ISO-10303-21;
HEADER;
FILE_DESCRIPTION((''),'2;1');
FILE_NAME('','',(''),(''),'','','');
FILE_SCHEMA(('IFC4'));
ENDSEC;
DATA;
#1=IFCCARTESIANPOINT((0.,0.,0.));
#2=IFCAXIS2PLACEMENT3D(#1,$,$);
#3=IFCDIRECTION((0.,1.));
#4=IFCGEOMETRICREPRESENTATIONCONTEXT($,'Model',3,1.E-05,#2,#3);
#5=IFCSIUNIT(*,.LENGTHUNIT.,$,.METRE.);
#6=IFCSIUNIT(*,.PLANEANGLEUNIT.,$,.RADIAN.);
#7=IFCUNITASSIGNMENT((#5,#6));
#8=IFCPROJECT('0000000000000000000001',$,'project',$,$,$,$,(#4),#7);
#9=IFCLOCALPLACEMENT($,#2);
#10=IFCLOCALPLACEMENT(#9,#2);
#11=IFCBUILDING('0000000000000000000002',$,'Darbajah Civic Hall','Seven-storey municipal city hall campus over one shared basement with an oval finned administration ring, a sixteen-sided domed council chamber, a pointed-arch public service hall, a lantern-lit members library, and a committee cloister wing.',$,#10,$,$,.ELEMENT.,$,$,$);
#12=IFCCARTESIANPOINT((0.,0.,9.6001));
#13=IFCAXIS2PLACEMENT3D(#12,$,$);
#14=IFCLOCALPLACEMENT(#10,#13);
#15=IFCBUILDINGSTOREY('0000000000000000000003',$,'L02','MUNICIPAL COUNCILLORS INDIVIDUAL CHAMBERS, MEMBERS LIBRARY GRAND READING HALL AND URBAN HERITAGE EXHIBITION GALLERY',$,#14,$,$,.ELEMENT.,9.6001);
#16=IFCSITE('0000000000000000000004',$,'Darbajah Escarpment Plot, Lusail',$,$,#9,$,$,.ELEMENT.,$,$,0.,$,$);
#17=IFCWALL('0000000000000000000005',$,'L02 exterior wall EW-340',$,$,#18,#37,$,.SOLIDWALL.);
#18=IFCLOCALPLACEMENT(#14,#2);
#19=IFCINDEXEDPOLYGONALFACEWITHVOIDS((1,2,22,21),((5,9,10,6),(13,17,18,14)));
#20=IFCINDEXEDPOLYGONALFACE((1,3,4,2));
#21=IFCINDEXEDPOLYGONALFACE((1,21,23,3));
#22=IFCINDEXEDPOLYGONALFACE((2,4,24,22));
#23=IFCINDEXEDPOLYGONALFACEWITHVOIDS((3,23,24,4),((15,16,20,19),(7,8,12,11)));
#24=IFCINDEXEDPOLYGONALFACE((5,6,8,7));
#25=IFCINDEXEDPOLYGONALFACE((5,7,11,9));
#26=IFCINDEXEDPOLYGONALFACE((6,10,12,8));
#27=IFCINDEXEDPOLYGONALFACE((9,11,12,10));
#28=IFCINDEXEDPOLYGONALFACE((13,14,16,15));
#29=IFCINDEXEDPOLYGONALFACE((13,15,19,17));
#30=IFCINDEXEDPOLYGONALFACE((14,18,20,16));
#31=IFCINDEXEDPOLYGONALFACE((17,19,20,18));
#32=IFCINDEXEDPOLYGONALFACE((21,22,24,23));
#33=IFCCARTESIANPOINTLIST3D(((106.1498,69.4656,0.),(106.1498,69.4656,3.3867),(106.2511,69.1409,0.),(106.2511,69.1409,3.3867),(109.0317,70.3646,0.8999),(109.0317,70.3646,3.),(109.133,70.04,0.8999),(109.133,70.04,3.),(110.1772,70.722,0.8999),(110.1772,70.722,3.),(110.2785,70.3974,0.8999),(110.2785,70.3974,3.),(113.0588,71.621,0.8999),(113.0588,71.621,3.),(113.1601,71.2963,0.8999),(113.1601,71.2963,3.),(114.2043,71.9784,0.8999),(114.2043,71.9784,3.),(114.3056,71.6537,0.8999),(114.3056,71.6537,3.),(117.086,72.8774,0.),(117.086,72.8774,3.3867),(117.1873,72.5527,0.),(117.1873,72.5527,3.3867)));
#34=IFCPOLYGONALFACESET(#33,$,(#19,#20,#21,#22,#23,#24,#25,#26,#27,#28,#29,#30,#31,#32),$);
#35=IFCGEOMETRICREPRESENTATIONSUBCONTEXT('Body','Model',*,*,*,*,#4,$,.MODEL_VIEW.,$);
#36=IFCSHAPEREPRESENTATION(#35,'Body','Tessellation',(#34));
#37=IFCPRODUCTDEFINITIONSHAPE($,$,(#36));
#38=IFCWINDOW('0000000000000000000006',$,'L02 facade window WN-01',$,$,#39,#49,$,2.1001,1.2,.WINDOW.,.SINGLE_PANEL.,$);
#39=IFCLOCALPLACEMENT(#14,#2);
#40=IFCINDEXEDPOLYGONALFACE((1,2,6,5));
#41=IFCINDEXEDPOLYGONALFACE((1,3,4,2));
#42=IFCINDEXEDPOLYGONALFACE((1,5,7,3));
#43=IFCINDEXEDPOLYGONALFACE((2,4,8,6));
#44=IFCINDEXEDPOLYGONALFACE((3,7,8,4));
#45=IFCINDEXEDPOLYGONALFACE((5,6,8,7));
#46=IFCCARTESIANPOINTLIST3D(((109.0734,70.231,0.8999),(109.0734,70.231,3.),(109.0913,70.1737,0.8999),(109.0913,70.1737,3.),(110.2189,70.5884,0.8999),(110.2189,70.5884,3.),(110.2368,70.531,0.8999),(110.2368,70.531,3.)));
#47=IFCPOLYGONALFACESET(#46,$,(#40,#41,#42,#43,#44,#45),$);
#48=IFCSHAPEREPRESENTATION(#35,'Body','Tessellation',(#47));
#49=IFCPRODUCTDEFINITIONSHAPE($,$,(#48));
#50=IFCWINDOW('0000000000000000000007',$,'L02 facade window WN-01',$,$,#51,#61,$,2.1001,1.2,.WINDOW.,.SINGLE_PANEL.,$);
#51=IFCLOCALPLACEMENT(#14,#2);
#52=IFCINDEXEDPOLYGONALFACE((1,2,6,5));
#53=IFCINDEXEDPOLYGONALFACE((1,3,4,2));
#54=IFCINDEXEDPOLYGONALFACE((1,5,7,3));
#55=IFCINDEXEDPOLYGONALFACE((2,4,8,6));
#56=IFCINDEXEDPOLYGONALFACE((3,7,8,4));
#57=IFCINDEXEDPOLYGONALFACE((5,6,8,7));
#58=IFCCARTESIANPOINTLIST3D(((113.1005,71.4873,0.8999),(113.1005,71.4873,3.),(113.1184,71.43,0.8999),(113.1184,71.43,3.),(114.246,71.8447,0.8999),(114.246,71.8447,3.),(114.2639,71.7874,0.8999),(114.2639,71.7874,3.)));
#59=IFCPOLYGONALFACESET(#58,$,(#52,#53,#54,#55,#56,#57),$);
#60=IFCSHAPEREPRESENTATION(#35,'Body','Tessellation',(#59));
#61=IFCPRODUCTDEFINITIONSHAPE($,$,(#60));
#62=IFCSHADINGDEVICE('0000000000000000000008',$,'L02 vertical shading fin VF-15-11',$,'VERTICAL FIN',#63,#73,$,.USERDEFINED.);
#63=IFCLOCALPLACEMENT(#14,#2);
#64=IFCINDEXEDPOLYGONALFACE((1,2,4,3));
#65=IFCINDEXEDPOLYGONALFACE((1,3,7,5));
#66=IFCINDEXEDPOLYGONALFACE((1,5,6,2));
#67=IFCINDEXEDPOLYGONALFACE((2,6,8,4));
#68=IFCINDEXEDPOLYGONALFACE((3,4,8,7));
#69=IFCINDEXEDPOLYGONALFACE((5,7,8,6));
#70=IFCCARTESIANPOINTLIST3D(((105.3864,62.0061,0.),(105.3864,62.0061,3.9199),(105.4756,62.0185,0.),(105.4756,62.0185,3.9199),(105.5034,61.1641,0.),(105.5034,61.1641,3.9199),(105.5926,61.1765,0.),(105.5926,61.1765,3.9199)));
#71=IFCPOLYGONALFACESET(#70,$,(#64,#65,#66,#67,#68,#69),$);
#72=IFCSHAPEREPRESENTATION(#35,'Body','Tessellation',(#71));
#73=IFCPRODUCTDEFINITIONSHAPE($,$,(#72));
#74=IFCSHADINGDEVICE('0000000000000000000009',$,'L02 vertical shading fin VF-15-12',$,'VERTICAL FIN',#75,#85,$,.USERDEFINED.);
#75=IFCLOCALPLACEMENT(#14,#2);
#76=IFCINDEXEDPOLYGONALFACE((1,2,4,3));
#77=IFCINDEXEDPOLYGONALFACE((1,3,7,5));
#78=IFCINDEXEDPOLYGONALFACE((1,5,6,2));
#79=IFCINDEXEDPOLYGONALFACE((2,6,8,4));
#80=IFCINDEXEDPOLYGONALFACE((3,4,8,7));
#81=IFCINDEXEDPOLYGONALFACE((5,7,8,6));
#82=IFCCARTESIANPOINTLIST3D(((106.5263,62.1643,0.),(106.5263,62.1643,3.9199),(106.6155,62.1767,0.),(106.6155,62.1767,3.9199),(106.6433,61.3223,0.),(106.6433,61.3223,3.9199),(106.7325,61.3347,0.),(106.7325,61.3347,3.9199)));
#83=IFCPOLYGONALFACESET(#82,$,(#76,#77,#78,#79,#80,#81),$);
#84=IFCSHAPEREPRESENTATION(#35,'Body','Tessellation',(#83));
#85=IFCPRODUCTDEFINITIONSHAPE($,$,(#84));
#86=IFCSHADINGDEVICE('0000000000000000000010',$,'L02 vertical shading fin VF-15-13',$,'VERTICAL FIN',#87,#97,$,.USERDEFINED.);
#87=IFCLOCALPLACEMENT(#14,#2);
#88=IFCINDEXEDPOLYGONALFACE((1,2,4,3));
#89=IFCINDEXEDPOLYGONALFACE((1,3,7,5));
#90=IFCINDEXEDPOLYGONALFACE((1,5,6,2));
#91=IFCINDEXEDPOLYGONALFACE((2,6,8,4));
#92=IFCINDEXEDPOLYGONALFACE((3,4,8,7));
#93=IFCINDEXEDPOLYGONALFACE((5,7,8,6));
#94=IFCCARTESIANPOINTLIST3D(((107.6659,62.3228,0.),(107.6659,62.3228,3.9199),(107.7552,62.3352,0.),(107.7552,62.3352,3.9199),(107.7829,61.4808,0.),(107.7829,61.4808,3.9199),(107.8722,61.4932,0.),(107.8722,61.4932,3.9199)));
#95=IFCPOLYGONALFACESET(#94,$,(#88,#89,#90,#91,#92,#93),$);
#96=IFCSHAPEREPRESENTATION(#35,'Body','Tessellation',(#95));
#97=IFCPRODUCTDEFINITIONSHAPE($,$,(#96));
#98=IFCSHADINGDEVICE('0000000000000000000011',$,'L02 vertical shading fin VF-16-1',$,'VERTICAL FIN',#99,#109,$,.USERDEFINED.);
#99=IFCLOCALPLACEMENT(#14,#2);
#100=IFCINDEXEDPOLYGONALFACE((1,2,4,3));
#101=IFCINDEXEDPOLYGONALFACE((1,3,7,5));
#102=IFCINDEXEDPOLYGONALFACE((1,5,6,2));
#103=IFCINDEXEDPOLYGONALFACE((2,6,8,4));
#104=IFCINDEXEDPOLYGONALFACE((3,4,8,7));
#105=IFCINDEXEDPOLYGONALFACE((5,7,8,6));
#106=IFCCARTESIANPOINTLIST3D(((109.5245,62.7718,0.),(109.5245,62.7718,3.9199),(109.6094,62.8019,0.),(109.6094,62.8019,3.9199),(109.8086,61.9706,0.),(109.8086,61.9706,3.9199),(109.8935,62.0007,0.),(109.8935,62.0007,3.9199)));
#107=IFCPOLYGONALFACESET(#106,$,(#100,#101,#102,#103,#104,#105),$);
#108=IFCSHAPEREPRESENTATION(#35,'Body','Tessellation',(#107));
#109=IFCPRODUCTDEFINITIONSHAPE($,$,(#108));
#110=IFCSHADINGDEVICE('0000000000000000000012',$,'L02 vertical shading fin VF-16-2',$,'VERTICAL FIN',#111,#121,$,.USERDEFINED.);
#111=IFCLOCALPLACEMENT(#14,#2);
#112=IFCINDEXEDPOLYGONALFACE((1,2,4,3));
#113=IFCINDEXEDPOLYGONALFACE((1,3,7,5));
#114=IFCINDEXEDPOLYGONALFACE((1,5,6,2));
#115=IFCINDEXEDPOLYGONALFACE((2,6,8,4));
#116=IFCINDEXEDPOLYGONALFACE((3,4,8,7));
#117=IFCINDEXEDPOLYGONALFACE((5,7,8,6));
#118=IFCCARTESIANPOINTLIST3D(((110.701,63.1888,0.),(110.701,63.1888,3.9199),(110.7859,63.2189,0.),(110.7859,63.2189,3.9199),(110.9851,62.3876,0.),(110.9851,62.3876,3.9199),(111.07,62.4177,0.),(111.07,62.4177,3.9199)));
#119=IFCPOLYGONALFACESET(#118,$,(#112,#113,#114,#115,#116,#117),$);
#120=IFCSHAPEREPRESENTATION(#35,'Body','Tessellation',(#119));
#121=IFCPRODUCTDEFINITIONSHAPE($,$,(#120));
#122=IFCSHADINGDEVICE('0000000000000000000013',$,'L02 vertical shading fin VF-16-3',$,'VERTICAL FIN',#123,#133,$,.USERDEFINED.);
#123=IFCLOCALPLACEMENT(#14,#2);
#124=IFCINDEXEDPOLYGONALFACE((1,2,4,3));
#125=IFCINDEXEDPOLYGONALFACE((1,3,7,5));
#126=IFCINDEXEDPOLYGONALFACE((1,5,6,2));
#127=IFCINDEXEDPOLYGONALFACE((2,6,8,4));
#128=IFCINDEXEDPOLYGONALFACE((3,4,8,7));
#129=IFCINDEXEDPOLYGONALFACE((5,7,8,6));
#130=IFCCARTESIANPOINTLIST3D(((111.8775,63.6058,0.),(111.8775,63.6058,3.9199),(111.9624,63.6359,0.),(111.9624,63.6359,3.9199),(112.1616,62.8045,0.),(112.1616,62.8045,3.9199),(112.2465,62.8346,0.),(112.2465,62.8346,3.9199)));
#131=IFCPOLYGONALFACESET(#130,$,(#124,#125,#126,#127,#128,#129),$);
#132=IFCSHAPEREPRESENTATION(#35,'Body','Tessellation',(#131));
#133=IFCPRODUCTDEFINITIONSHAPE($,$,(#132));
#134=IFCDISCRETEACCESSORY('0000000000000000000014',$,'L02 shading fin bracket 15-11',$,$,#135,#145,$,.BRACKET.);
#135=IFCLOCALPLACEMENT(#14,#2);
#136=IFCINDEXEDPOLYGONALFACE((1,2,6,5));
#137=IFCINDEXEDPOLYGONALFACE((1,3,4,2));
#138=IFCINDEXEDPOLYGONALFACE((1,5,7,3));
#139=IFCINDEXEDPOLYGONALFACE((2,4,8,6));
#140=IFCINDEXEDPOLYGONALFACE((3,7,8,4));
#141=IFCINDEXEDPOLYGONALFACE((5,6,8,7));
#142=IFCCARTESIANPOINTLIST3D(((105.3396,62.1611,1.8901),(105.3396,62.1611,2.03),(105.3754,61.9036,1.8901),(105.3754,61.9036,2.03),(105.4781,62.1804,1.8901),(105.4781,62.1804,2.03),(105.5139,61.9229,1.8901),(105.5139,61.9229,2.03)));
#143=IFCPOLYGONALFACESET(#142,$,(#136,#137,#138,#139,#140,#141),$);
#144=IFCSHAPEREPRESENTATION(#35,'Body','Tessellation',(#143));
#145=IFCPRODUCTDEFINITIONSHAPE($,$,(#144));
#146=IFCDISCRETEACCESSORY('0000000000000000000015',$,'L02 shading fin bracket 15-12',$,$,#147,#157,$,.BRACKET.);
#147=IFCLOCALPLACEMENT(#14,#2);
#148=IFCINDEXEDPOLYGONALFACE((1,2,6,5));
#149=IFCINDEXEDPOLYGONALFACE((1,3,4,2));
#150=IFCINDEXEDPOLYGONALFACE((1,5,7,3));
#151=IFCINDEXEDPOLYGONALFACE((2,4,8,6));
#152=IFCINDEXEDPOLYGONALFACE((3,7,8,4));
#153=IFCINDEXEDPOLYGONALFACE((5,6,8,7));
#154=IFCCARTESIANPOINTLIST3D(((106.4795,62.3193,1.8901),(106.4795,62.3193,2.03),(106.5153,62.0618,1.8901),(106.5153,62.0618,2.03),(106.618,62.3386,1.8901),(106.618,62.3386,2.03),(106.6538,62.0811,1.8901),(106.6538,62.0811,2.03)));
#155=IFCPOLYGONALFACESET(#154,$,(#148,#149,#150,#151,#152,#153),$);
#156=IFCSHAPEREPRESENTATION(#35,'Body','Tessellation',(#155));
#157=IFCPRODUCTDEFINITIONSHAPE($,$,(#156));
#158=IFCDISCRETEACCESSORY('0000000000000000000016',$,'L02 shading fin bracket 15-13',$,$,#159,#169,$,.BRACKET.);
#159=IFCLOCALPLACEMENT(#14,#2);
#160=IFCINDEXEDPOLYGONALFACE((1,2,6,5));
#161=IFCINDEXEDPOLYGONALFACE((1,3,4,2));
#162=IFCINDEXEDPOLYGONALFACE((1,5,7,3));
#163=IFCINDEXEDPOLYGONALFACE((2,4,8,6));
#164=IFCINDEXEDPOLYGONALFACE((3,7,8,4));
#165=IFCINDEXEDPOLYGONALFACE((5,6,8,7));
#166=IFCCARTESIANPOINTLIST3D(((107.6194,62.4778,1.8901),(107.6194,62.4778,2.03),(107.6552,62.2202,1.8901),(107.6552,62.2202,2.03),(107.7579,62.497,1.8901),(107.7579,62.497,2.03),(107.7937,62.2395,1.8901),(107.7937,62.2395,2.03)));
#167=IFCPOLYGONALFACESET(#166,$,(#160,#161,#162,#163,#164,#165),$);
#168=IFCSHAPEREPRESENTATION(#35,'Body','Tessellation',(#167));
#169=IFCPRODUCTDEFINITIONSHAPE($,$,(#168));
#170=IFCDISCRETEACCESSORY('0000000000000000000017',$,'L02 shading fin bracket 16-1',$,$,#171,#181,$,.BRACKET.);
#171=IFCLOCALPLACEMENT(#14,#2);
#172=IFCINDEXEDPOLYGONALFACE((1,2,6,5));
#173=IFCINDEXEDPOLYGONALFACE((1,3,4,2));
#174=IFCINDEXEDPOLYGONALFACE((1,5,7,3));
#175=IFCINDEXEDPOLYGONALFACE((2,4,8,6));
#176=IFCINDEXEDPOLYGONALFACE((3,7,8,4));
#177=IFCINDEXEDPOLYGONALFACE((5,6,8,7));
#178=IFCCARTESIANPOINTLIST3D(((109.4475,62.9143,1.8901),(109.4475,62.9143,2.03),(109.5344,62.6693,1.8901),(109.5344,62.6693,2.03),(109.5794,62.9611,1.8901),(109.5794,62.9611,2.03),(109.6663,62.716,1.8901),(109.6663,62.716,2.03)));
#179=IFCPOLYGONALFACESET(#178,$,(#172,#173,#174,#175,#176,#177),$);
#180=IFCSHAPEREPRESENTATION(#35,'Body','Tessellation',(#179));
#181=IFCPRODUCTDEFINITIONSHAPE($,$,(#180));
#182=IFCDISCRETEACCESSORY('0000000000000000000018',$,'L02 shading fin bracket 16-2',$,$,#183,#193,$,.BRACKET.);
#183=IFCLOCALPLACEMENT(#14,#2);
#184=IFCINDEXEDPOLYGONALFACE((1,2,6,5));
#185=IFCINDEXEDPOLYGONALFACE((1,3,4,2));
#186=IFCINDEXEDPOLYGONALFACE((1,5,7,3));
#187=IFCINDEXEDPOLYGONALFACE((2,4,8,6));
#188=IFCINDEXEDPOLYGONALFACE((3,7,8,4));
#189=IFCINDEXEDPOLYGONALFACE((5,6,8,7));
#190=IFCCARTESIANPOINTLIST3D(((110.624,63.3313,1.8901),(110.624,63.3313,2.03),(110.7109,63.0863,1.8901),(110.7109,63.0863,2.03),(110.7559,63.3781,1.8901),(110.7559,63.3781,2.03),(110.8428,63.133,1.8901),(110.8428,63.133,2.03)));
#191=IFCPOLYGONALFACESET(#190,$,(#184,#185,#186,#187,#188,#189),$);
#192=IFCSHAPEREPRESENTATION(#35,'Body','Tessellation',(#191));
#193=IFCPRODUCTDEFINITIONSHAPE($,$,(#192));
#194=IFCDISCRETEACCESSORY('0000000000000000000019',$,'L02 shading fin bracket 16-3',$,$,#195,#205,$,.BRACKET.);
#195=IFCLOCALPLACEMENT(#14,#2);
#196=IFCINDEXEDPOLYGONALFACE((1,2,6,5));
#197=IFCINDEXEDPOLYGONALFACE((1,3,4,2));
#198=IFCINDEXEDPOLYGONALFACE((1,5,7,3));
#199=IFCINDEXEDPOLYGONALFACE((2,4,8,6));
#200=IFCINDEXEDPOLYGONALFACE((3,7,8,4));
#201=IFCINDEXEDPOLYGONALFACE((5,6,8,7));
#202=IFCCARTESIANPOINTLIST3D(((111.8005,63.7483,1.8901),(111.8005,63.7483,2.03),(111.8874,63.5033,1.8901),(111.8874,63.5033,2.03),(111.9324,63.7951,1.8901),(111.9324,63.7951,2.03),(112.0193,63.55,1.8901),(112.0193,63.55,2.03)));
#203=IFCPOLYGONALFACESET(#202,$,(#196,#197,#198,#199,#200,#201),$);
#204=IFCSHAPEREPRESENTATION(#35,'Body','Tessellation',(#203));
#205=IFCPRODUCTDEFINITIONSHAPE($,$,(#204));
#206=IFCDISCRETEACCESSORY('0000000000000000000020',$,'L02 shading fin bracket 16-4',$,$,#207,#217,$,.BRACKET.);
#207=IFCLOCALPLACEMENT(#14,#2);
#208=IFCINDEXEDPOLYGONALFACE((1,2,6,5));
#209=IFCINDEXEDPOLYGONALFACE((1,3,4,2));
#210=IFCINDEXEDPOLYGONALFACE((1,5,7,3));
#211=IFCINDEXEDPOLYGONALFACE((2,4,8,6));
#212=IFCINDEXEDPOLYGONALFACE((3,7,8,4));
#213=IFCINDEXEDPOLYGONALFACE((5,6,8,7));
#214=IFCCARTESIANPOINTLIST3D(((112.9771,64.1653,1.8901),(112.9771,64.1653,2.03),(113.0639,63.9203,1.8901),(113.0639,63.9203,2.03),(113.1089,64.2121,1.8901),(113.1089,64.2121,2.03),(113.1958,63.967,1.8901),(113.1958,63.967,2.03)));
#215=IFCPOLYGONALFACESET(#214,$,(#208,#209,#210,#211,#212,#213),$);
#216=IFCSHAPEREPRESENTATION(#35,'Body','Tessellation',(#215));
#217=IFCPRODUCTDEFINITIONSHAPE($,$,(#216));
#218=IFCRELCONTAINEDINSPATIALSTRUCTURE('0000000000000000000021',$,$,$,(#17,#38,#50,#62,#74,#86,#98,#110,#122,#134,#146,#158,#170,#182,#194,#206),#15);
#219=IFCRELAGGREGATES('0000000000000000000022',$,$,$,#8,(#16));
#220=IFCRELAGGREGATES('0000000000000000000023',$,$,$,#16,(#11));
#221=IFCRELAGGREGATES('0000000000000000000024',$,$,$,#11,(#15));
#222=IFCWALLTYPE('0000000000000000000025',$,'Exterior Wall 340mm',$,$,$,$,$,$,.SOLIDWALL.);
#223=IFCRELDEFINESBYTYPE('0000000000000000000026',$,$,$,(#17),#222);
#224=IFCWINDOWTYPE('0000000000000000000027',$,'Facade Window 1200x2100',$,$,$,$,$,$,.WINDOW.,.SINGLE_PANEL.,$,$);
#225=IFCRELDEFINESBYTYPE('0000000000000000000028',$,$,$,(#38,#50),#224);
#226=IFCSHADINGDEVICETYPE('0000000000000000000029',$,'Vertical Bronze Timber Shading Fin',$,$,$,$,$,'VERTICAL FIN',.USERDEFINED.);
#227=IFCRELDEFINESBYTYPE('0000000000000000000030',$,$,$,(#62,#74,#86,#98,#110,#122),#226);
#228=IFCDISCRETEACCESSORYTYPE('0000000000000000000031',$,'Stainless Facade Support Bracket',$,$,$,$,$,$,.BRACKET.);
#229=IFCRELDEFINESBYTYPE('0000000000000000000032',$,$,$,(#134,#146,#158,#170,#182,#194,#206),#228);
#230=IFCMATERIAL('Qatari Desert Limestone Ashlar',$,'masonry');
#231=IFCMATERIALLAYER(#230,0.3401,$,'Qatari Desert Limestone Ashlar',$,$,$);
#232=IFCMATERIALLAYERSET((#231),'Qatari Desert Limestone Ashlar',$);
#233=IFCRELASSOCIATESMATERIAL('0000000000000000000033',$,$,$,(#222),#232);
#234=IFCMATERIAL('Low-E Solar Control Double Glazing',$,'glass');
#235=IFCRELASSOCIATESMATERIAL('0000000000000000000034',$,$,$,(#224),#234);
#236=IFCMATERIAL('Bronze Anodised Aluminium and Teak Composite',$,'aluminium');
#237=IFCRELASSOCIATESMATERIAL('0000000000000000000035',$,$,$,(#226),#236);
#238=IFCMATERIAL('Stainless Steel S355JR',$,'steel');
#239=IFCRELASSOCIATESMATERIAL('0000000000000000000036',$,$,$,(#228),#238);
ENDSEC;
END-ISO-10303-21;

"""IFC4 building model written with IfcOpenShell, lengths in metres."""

from ifc_helpers import new_model, si_unit, direction, frame, frame_2d, origin, origin_2d, place, context, subcontext, project, spatial, rectangle, extrude, material, layer, layer_set, type_object, element, fill, save


model = new_model("IFC4")

# Units and contexts
model_context = context("Model", 3, precision=1e-05, world=origin(), true_north=direction((0.0, 1.0)))
body_context = subcontext(model_context, "Body", "Model", "MODEL_VIEW")
ifc_project = project(units=[si_unit("LENGTHUNIT", "METRE"), si_unit("PLANEANGLEUNIT", "RADIAN")], contexts=[model_context])

# Site, building, storey
site_placement = place(None, origin())
site = spatial("IfcSite", under=ifc_project, at=site_placement, Name="Darbajah Escarpment Plot, Lusail", CompositionType="ELEMENT", RefElevation=0.0)
building_placement = place(site_placement, origin())
building = spatial("IfcBuilding", under=site, at=building_placement, Name="Darbajah Civic Hall", Description="Seven-storey municipal city hall campus over one shared basement with an oval finned administration ring, a sixteen-sided domed council chamber, a pointed-arch public service hall, a lantern-lit members library, and a committee cloister wing.", CompositionType="ELEMENT")
storey_placement = place(building_placement, frame((0.0, 0.0, 9.6001)))
storey = spatial("IfcBuildingStorey", under=building, at=storey_placement, Name="L02", Description="MUNICIPAL COUNCILLORS INDIVIDUAL CHAMBERS, MEMBERS LIBRARY GRAND READING HALL AND URBAN HERITAGE EXHIBITION GALLERY", CompositionType="ELEMENT", Elevation=9.6001)

# Shared definitions
ifc_material_1 = material(Name="Low-E Solar Control Double Glazing", Category="glass")

# Wall, openings, windows
ifc_material_2 = material(Name="Qatari Desert Limestone Ashlar", Category="masonry")
ifc_layer_1 = layer(ifc_material_2, 0.3401, Name="Qatari Desert Limestone Ashlar")
ifc_layer_set_1 = layer_set([ifc_layer_1], Name="Qatari Desert Limestone Ashlar")
wall_type = type_object("IfcWallType", Name="Exterior Wall 340mm", PredefinedType="SOLIDWALL", material=ifc_layer_set_1)
wall_placement = place(storey_placement, frame((106.2004, 69.3032, 0.0), z_axis=(0.0, 0.0, 1.0), x_axis=(0.954622, 0.29782, 0.0)))
wall = element("IfcWall", 1, at=wall_placement, inside=storey, type_object=wall_type, Name="L02 exterior wall EW-340", PredefinedType="SOLIDWALL", context=body_context, shape_type="SweptSolid", body=[
    extrude(rectangle(XDim=11.4561, YDim=0.3401, at=frame_2d((5.728, 0.0))), origin(), (0.0, 0.0, 1.0), 3.3867),
])
opening_1_placement = place(wall_placement, frame((3.0188, 0.0, 0.8999)))
opening_1 = element("IfcOpeningElement", 2, at=opening_1_placement, cuts=wall, PredefinedType="OPENING", context=body_context, shape_type="SweptSolid", body=[
    extrude(rectangle(XDim=1.2, YDim=2.1001, at=frame_2d((0.6001, 1.05))), frame((0.0, 0.1799, 0.0), z_axis=(0.0, -1.0, 0.0), x_axis=(1.0, 0.0, 0.0)), (0.0, 0.0, 1.0), 0.3601),
])
opening_2_placement = place(wall_placement, frame((7.2373, 0.0, 0.8999)))
opening_2 = element("IfcOpeningElement", 3, at=opening_2_placement, cuts=wall, PredefinedType="OPENING", context=body_context, shape_type="SweptSolid", body=[
    extrude(rectangle(XDim=1.2, YDim=2.1001, at=frame_2d((0.6001, 1.05))), frame((0.0, 0.1799, 0.0), z_axis=(0.0, -1.0, 0.0), x_axis=(1.0, 0.0, 0.0)), (0.0, 0.0, 1.0), 0.3601),
])
window_type = type_object("IfcWindowType", Name="Facade Window 1200x2100", PartitioningType="SINGLE_PANEL", PredefinedType="WINDOW", material=ifc_material_1)
window_1_placement = place(opening_1_placement, origin())
window_1 = element("IfcWindow", 4, at=window_1_placement, inside=storey, type_object=window_type, Name="L02 facade window WN-01", OverallHeight=2.1001, OverallWidth=1.2, PartitioningType="SINGLE_PANEL", PredefinedType="WINDOW", context=body_context, shape_type="SweptSolid", body=[
    extrude(rectangle(XDim=1.2, YDim=2.1001, at=frame_2d((0.6001, 1.05))), frame((0.0, 0.03, 0.0), z_axis=(0.0, -1.0, 0.0), x_axis=(1.0, 0.0, 0.0)), (0.0, 0.0, 1.0), 0.0601),
])
fill(opening_1, window_1)
window_2_placement = place(opening_2_placement, origin())
window_2 = element("IfcWindow", 5, at=window_2_placement, inside=storey, type_object=window_type, Name="L02 facade window WN-01", OverallHeight=2.1001, OverallWidth=1.2, PartitioningType="SINGLE_PANEL", PredefinedType="WINDOW", context=body_context, shape_type="SweptSolid", body=[
    extrude(rectangle(XDim=1.2, YDim=2.1001, at=frame_2d((0.6001, 1.05))), frame((0.0, 0.03, 0.0), z_axis=(0.0, -1.0, 0.0), x_axis=(1.0, 0.0, 0.0)), (0.0, 0.0, 1.0), 0.0601),
])
fill(opening_2, window_2)

# Shading devices
ifc_material_3 = material(Name="Bronze Anodised Aluminium and Teak Composite", Category="aluminium")
shading_device_type = type_object("IfcShadingDeviceType", Name="Vertical Bronze Timber Shading Fin", ElementType="VERTICAL FIN", PredefinedType="USERDEFINED", material=ifc_material_3)
for number, where, z_axis, x_axis, name in (
    (6, (105.4895, 61.5913, 0.0), (0.0, 0.0, 1.0), (0.137617, -0.990485, 0.0), "L02 vertical shading fin VF-15-11"),
    (7, (106.6294, 61.7495, 0.0), (0.0, 0.0, 1.0), (0.137617, -0.990485, 0.0), "L02 vertical shading fin VF-15-12"),
    (8, (107.769, 61.908, 0.0), (0.0, 0.0, 1.0), (0.137617, -0.990485, 0.0), "L02 vertical shading fin VF-15-13"),
    (9, (109.709, 62.3862, 0.0), (0.0, 0.0, 1.0), (0.334136, -0.942525, 0.0), "L02 vertical shading fin VF-16-1"),
    (10, (110.8855, 62.8032, 0.0), (0.0, 0.0, 1.0), (0.334136, -0.942525, 0.0), "L02 vertical shading fin VF-16-2"),
    (11, (112.062, 63.2202, 0.0), (0.0, 0.0, 1.0), (0.334136, -0.942525, 0.0), "L02 vertical shading fin VF-16-3"),
):
    element("IfcShadingDevice", number, at=place(storey_placement, frame(where, z_axis=z_axis, x_axis=x_axis)), inside=storey, type_object=shading_device_type, Name=name, ObjectType="VERTICAL FIN", PredefinedType="USERDEFINED", context=body_context, shape_type="SweptSolid", body=[
        extrude(rectangle(XDim=0.8501, YDim=0.0901, at=origin_2d()), origin(), (0.0, 0.0, 1.0), 3.9199),
    ])

# Discrete accessories
ifc_material_4 = material(Name="Stainless Steel S355JR", Category="steel")
discrete_accessory_type = type_object("IfcDiscreteAccessoryType", Name="Stainless Facade Support Bracket", PredefinedType="BRACKET", material=ifc_material_4)
for number, where, z_axis, x_axis, name in (
    (12, (105.4268, 62.042, 1.8901), (0.0, 0.0, 1.0), (0.137617, -0.990485, 0.0), "L02 shading fin bracket 15-11"),
    (13, (106.5667, 62.2002, 1.8901), (0.0, 0.0, 1.0), (0.137617, -0.990485, 0.0), "L02 shading fin bracket 15-12"),
    (14, (107.7065, 62.3586, 1.8901), (0.0, 0.0, 1.0), (0.137617, -0.990485, 0.0), "L02 shading fin bracket 15-13"),
    (15, (109.5569, 62.8152, 1.8901), (0.0, 0.0, 1.0), (0.334136, -0.942525, 0.0), "L02 shading fin bracket 16-1"),
    (16, (110.7334, 63.2322, 1.8901), (0.0, 0.0, 1.0), (0.334136, -0.942525, 0.0), "L02 shading fin bracket 16-2"),
    (17, (111.9099, 63.6492, 1.8901), (0.0, 0.0, 1.0), (0.334136, -0.942525, 0.0), "L02 shading fin bracket 16-3"),
    (18, (113.0864, 64.0662, 1.8901), (0.0, 0.0, 1.0), (0.334136, -0.942525, 0.0), "L02 shading fin bracket 16-4"),
):
    element("IfcDiscreteAccessory", number, at=place(storey_placement, frame(where, z_axis=z_axis, x_axis=x_axis)), inside=storey, type_object=discrete_accessory_type, Name=name, PredefinedType="BRACKET", context=body_context, shape_type="SweptSolid", body=[
        extrude(rectangle(XDim=0.26, YDim=0.1399, at=origin_2d()), origin(), (0.0, 0.0, 1.0), 0.1399),
    ])

save(model, "model.ifc")
